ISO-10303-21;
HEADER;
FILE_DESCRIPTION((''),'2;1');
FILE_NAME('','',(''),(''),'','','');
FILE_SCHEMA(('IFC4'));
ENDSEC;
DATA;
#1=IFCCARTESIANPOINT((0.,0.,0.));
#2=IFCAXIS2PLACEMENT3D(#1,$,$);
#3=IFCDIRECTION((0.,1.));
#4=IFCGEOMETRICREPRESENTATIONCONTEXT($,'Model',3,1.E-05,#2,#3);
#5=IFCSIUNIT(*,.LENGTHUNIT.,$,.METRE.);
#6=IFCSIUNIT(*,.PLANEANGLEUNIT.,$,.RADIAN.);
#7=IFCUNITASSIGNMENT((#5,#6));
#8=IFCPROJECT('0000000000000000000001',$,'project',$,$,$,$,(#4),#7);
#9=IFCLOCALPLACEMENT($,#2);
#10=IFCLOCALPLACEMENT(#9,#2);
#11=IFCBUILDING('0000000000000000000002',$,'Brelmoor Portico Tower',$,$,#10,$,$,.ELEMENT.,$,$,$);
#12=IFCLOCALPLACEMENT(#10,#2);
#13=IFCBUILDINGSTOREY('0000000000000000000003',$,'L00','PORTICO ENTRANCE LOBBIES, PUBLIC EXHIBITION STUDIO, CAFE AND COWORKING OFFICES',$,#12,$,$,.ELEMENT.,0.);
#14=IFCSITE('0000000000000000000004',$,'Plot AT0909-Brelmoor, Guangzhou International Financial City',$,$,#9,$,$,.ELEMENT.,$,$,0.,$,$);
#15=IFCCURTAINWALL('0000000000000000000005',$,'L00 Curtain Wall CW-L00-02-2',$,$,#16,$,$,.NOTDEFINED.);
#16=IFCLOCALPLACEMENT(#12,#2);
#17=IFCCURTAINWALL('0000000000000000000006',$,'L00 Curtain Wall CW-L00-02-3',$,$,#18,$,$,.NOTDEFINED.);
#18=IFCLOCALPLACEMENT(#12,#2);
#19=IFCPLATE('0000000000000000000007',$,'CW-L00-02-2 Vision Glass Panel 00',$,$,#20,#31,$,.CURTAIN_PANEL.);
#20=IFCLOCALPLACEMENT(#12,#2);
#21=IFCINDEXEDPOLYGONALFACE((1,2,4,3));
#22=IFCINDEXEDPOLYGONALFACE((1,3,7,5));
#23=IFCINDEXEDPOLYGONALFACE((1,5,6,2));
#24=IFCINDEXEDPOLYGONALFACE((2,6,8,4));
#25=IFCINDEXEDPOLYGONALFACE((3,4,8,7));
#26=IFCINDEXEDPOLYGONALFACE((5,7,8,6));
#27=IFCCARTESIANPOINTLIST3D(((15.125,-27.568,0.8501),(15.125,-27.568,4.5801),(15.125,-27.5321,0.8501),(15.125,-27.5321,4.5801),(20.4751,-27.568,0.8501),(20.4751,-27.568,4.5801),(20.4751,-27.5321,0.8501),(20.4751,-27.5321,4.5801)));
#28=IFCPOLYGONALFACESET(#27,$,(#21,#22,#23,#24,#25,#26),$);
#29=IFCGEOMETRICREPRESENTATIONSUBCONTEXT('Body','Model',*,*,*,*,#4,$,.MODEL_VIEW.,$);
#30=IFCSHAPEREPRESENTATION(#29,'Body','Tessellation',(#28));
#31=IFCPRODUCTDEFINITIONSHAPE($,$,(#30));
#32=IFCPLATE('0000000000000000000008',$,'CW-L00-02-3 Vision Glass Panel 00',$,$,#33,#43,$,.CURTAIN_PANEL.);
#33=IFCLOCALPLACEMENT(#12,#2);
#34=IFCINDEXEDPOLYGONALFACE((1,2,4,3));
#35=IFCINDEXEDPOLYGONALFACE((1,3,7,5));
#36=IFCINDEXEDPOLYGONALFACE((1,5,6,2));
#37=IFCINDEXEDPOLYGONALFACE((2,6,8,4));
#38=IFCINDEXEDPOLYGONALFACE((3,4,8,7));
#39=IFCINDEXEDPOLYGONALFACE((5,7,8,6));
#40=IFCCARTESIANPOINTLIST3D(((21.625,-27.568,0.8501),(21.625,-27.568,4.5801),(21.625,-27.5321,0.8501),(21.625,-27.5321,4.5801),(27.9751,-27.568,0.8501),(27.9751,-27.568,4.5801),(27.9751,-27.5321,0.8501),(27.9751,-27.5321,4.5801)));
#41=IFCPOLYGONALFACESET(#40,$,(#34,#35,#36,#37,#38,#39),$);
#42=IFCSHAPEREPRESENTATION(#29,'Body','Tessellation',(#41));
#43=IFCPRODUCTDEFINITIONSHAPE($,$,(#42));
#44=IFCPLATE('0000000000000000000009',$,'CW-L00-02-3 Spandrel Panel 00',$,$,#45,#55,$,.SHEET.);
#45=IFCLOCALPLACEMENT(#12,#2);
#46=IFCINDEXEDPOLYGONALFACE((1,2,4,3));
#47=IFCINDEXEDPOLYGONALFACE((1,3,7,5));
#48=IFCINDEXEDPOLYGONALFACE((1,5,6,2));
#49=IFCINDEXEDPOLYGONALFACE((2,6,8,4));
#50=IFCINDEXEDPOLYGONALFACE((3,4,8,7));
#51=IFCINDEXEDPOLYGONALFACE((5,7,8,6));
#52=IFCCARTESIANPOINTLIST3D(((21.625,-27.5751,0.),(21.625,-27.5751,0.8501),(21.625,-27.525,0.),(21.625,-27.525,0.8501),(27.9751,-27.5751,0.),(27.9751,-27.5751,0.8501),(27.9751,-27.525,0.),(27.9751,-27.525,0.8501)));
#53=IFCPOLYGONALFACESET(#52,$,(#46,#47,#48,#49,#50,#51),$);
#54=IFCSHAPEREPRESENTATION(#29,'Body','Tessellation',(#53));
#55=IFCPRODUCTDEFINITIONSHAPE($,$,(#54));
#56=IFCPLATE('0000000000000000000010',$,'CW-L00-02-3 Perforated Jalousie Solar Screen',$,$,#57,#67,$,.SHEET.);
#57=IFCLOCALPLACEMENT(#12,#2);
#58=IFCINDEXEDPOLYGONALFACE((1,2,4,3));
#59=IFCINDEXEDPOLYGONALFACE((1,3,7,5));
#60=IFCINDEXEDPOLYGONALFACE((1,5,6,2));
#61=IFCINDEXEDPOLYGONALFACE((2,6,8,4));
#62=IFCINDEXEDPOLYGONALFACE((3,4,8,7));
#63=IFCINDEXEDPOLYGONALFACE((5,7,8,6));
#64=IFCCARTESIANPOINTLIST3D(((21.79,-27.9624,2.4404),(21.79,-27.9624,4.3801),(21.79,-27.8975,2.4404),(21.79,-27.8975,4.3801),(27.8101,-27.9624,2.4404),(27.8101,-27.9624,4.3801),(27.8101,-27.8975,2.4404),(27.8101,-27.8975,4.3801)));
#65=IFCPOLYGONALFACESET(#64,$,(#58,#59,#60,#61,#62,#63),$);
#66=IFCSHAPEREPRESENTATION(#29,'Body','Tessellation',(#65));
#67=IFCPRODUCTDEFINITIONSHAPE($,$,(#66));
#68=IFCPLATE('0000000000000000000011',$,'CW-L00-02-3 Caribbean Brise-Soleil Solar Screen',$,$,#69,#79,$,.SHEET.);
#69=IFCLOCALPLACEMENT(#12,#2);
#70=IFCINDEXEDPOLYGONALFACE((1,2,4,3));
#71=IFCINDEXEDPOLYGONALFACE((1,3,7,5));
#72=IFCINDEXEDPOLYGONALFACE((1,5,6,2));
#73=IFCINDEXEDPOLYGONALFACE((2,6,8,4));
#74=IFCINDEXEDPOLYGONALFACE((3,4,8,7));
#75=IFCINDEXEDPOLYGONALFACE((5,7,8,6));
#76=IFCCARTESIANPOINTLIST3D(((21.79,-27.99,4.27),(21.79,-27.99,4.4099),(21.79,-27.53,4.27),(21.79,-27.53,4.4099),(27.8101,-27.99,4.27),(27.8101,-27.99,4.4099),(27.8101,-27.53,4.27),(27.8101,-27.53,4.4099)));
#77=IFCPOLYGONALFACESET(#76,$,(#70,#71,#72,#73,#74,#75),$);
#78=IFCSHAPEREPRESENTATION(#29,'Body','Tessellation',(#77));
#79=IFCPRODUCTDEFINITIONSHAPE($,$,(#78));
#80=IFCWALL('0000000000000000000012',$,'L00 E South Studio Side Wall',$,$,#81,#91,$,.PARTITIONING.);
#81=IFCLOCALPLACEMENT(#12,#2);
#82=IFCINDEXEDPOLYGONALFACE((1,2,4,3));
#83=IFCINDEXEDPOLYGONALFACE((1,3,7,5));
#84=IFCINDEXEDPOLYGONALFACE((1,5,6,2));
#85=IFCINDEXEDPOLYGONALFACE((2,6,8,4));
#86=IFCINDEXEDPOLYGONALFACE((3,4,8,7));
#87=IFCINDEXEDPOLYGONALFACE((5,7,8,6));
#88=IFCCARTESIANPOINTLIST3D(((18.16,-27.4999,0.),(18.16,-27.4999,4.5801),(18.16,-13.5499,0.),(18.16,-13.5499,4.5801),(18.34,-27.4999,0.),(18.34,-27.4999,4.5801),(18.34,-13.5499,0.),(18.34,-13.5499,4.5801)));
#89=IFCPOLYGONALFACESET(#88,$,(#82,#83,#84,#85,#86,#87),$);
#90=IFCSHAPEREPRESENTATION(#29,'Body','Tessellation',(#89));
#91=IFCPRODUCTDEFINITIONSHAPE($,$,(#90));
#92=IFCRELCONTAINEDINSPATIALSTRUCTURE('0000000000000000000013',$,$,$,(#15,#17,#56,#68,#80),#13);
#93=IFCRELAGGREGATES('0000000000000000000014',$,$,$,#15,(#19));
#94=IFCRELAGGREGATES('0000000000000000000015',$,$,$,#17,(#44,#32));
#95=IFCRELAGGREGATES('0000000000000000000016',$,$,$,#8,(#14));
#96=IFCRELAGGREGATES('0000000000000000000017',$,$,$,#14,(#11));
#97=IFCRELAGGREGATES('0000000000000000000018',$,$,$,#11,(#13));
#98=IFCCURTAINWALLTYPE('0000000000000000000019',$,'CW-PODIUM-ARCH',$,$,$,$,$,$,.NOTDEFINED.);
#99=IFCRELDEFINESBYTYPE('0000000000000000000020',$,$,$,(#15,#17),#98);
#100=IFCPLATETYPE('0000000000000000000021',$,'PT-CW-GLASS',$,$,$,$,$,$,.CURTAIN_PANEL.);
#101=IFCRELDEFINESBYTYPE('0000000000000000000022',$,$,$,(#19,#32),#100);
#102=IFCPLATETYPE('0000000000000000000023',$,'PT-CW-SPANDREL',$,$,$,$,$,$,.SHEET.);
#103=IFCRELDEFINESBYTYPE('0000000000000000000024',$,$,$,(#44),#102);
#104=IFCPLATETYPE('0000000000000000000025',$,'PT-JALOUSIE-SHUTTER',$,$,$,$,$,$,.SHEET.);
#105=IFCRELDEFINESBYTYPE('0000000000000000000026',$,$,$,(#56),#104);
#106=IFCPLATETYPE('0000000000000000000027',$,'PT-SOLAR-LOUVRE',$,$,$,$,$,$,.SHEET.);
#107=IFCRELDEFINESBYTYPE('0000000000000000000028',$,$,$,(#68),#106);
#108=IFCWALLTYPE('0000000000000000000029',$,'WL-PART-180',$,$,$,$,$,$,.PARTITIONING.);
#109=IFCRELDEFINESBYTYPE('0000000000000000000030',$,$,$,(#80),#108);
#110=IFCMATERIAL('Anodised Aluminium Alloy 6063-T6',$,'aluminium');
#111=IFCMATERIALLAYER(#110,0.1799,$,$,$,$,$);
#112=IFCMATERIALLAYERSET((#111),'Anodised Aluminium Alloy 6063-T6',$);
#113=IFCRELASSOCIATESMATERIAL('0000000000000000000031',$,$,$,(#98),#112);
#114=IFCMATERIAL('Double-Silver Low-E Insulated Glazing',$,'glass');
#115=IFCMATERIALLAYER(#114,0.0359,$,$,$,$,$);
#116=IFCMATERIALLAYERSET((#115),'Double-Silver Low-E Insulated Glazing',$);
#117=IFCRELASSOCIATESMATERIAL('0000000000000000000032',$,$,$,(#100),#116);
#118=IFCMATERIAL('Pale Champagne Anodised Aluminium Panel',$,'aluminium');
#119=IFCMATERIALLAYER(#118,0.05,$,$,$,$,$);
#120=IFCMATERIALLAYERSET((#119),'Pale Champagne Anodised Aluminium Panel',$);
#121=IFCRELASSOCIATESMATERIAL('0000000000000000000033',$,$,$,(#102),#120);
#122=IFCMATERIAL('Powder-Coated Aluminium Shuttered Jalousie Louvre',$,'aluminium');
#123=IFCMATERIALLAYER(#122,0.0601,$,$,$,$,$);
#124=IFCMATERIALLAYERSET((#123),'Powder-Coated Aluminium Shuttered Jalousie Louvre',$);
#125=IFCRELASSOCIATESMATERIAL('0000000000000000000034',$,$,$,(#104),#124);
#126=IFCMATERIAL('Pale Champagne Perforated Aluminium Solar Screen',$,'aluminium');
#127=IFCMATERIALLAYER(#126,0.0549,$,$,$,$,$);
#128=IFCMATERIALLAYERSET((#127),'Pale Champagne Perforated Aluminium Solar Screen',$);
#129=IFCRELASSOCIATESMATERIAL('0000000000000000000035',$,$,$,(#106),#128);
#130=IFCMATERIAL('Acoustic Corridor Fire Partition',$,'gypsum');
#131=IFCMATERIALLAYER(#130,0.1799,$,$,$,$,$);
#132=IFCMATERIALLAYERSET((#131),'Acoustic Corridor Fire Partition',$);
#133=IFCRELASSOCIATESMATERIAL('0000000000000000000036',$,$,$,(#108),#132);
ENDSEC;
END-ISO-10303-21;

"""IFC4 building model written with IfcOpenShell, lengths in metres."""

from ifc_helpers import new_model, si_unit, direction, frame, frame_2d, origin, origin_2d, place, context, subcontext, project, spatial, rectangle, extrude, material, layer, layer_set, type_object, element, aggregate, save


model = new_model("IFC4")

# Units and contexts
model_context = context("Model", 3, precision=1e-05, world=origin(), true_north=direction((0.0, 1.0)))
body_context = subcontext(model_context, "Body", "Model", "MODEL_VIEW")
ifc_project = project(units=[si_unit("LENGTHUNIT", "METRE"), si_unit("PLANEANGLEUNIT", "RADIAN")], contexts=[model_context])

# Site, building, storey
site_placement = place(None, origin())
site = spatial("IfcSite", under=ifc_project, at=site_placement, Name="Plot AT0909-Brelmoor, Guangzhou International Financial City", CompositionType="ELEMENT", RefElevation=0.0)
building_placement = place(site_placement, origin())
building = spatial("IfcBuilding", under=site, at=building_placement, Name="Brelmoor Portico Tower", CompositionType="ELEMENT")
storey_placement = place(building_placement, origin())
storey = spatial("IfcBuildingStorey", under=building, at=storey_placement, Name="L00", Description="PORTICO ENTRANCE LOBBIES, PUBLIC EXHIBITION STUDIO, CAFE AND COWORKING OFFICES", CompositionType="ELEMENT", Elevation=0.0)

# Curtain wall
ifc_material_1 = material(Name="Anodised Aluminium Alloy 6063-T6", Category="aluminium")
ifc_layer_1 = layer(ifc_material_1, 0.1799)
ifc_layer_set_1 = layer_set([ifc_layer_1], Name="Anodised Aluminium Alloy 6063-T6")
curtain_wall_type = type_object("IfcCurtainWallType", Name="CW-PODIUM-ARCH", PredefinedType="NOTDEFINED", material=ifc_layer_set_1)
curtain_wall_1_placement = place(storey_placement, origin())
curtain_wall_1 = element("IfcCurtainWall", 1, at=curtain_wall_1_placement, inside=storey, type_object=curtain_wall_type, Name="L00 Curtain Wall CW-L00-02-2", PredefinedType="NOTDEFINED")

# Curtain wall
curtain_wall_2_placement = place(storey_placement, origin())
curtain_wall_2 = element("IfcCurtainWall", 2, at=curtain_wall_2_placement, inside=storey, type_object=curtain_wall_type, Name="L00 Curtain Wall CW-L00-02-3", PredefinedType="NOTDEFINED")

# Plates
ifc_material_2 = material(Name="Double-Silver Low-E Insulated Glazing", Category="glass")
ifc_layer_2 = layer(ifc_material_2, 0.0359)
ifc_layer_set_2 = layer_set([ifc_layer_2], Name="Double-Silver Low-E Insulated Glazing")
plate_type_1 = type_object("IfcPlateType", Name="PT-CW-GLASS", PredefinedType="CURTAIN_PANEL", material=ifc_layer_set_2)
plate_1_placement = place(storey_placement, frame((17.8, -27.55, 0.8501), z_axis=(0.0, 0.0, 1.0), x_axis=(1.0, 0.0, 0.0)))
plate_1 = element("IfcPlate", 3, at=plate_1_placement, type_object=plate_type_1, Name="CW-L00-02-2 Vision Glass Panel 00", PredefinedType="CURTAIN_PANEL", context=body_context, shape_type="SweptSolid", body=[
    extrude(rectangle(XDim=5.3501, YDim=0.0359, at=origin_2d()), origin(), (0.0, 0.0, 1.0), 3.73),
])
aggregate(curtain_wall_1, [plate_1])
plate_2_placement = place(storey_placement, frame((24.8, -27.55, 0.8501), z_axis=(0.0, 0.0, 1.0), x_axis=(1.0, 0.0, 0.0)))
plate_2 = element("IfcPlate", 4, at=plate_2_placement, type_object=plate_type_1, Name="CW-L00-02-3 Vision Glass Panel 00", PredefinedType="CURTAIN_PANEL", context=body_context, shape_type="SweptSolid", body=[
    extrude(rectangle(XDim=6.3501, YDim=0.0359, at=origin_2d()), origin(), (0.0, 0.0, 1.0), 3.73),
])
ifc_material_3 = material(Name="Pale Champagne Anodised Aluminium Panel", Category="aluminium")
ifc_layer_3 = layer(ifc_material_3, 0.05)
ifc_layer_set_3 = layer_set([ifc_layer_3], Name="Pale Champagne Anodised Aluminium Panel")
plate_type_2 = type_object("IfcPlateType", Name="PT-CW-SPANDREL", PredefinedType="SHEET", material=ifc_layer_set_3)
plate_3_placement = place(storey_placement, frame((24.8, -27.55, 0.0), z_axis=(0.0, 0.0, 1.0), x_axis=(1.0, 0.0, 0.0)))
plate_3 = element("IfcPlate", 5, at=plate_3_placement, type_object=plate_type_2, Name="CW-L00-02-3 Spandrel Panel 00", PredefinedType="SHEET", context=body_context, shape_type="SweptSolid", body=[
    extrude(rectangle(XDim=6.3501, YDim=0.05, at=origin_2d()), origin(), (0.0, 0.0, 1.0), 0.8501),
])
aggregate(curtain_wall_2, [plate_3, plate_2])

# Plates
ifc_material_4 = material(Name="Powder-Coated Aluminium Shuttered Jalousie Louvre", Category="aluminium")
ifc_layer_4 = layer(ifc_material_4, 0.0601)
ifc_layer_set_4 = layer_set([ifc_layer_4], Name="Powder-Coated Aluminium Shuttered Jalousie Louvre")
plate_type_3 = type_object("IfcPlateType", Name="PT-JALOUSIE-SHUTTER", PredefinedType="SHEET", material=ifc_layer_set_4)
plate_4_placement = place(storey_placement, frame((24.8, -27.9299, 2.4404), z_axis=(0.0, 0.0, 1.0), x_axis=(1.0, 0.0, 0.0)))
element("IfcPlate", 6, at=plate_4_placement, inside=storey, type_object=plate_type_3, Name="CW-L00-02-3 Perforated Jalousie Solar Screen", PredefinedType="SHEET", context=body_context, shape_type="SweptSolid", body=[
    extrude(rectangle(XDim=6.02, YDim=0.0649, at=origin_2d()), origin(), (0.0, 0.0, 1.0), 1.9397),
])
ifc_material_5 = material(Name="Pale Champagne Perforated Aluminium Solar Screen", Category="aluminium")
ifc_layer_5 = layer(ifc_material_5, 0.0549)
ifc_layer_set_5 = layer_set([ifc_layer_5], Name="Pale Champagne Perforated Aluminium Solar Screen")
plate_type_4 = type_object("IfcPlateType", Name="PT-SOLAR-LOUVRE", PredefinedType="SHEET", material=ifc_layer_set_5)
plate_5_placement = place(storey_placement, frame((24.8, -27.76, 4.27), z_axis=(0.0, 0.0, 1.0), x_axis=(1.0, 0.0, 0.0)))
element("IfcPlate", 7, at=plate_5_placement, inside=storey, type_object=plate_type_4, Name="CW-L00-02-3 Caribbean Brise-Soleil Solar Screen", PredefinedType="SHEET", context=body_context, shape_type="SweptSolid", body=[
    extrude(rectangle(XDim=6.02, YDim=0.46, at=origin_2d()), origin(), (0.0, 0.0, 1.0), 0.1399),
])

# Wall
ifc_material_6 = material(Name="Acoustic Corridor Fire Partition", Category="gypsum")
ifc_layer_6 = layer(ifc_material_6, 0.1799)
ifc_layer_set_6 = layer_set([ifc_layer_6], Name="Acoustic Corridor Fire Partition")
wall_type_1 = type_object("IfcWallType", Name="WL-PART-180", PredefinedType="PARTITIONING", material=ifc_layer_set_6)
wall_1_placement = place(storey_placement, frame((18.25, -27.5, 0.0), z_axis=(0.0, 0.0, 1.0), x_axis=(0.0, 1.0, 0.0)))
element("IfcWall", 8, at=wall_1_placement, inside=storey, type_object=wall_type_1, Name="L00 E South Studio Side Wall", PredefinedType="PARTITIONING", context=body_context, shape_type="SweptSolid", body=[
    extrude(rectangle(XDim=13.95, YDim=0.1799, at=frame_2d((6.9751, 0.0))), origin(), (0.0, 0.0, 1.0), 4.5801),
])

save(model, "model.ifc")
